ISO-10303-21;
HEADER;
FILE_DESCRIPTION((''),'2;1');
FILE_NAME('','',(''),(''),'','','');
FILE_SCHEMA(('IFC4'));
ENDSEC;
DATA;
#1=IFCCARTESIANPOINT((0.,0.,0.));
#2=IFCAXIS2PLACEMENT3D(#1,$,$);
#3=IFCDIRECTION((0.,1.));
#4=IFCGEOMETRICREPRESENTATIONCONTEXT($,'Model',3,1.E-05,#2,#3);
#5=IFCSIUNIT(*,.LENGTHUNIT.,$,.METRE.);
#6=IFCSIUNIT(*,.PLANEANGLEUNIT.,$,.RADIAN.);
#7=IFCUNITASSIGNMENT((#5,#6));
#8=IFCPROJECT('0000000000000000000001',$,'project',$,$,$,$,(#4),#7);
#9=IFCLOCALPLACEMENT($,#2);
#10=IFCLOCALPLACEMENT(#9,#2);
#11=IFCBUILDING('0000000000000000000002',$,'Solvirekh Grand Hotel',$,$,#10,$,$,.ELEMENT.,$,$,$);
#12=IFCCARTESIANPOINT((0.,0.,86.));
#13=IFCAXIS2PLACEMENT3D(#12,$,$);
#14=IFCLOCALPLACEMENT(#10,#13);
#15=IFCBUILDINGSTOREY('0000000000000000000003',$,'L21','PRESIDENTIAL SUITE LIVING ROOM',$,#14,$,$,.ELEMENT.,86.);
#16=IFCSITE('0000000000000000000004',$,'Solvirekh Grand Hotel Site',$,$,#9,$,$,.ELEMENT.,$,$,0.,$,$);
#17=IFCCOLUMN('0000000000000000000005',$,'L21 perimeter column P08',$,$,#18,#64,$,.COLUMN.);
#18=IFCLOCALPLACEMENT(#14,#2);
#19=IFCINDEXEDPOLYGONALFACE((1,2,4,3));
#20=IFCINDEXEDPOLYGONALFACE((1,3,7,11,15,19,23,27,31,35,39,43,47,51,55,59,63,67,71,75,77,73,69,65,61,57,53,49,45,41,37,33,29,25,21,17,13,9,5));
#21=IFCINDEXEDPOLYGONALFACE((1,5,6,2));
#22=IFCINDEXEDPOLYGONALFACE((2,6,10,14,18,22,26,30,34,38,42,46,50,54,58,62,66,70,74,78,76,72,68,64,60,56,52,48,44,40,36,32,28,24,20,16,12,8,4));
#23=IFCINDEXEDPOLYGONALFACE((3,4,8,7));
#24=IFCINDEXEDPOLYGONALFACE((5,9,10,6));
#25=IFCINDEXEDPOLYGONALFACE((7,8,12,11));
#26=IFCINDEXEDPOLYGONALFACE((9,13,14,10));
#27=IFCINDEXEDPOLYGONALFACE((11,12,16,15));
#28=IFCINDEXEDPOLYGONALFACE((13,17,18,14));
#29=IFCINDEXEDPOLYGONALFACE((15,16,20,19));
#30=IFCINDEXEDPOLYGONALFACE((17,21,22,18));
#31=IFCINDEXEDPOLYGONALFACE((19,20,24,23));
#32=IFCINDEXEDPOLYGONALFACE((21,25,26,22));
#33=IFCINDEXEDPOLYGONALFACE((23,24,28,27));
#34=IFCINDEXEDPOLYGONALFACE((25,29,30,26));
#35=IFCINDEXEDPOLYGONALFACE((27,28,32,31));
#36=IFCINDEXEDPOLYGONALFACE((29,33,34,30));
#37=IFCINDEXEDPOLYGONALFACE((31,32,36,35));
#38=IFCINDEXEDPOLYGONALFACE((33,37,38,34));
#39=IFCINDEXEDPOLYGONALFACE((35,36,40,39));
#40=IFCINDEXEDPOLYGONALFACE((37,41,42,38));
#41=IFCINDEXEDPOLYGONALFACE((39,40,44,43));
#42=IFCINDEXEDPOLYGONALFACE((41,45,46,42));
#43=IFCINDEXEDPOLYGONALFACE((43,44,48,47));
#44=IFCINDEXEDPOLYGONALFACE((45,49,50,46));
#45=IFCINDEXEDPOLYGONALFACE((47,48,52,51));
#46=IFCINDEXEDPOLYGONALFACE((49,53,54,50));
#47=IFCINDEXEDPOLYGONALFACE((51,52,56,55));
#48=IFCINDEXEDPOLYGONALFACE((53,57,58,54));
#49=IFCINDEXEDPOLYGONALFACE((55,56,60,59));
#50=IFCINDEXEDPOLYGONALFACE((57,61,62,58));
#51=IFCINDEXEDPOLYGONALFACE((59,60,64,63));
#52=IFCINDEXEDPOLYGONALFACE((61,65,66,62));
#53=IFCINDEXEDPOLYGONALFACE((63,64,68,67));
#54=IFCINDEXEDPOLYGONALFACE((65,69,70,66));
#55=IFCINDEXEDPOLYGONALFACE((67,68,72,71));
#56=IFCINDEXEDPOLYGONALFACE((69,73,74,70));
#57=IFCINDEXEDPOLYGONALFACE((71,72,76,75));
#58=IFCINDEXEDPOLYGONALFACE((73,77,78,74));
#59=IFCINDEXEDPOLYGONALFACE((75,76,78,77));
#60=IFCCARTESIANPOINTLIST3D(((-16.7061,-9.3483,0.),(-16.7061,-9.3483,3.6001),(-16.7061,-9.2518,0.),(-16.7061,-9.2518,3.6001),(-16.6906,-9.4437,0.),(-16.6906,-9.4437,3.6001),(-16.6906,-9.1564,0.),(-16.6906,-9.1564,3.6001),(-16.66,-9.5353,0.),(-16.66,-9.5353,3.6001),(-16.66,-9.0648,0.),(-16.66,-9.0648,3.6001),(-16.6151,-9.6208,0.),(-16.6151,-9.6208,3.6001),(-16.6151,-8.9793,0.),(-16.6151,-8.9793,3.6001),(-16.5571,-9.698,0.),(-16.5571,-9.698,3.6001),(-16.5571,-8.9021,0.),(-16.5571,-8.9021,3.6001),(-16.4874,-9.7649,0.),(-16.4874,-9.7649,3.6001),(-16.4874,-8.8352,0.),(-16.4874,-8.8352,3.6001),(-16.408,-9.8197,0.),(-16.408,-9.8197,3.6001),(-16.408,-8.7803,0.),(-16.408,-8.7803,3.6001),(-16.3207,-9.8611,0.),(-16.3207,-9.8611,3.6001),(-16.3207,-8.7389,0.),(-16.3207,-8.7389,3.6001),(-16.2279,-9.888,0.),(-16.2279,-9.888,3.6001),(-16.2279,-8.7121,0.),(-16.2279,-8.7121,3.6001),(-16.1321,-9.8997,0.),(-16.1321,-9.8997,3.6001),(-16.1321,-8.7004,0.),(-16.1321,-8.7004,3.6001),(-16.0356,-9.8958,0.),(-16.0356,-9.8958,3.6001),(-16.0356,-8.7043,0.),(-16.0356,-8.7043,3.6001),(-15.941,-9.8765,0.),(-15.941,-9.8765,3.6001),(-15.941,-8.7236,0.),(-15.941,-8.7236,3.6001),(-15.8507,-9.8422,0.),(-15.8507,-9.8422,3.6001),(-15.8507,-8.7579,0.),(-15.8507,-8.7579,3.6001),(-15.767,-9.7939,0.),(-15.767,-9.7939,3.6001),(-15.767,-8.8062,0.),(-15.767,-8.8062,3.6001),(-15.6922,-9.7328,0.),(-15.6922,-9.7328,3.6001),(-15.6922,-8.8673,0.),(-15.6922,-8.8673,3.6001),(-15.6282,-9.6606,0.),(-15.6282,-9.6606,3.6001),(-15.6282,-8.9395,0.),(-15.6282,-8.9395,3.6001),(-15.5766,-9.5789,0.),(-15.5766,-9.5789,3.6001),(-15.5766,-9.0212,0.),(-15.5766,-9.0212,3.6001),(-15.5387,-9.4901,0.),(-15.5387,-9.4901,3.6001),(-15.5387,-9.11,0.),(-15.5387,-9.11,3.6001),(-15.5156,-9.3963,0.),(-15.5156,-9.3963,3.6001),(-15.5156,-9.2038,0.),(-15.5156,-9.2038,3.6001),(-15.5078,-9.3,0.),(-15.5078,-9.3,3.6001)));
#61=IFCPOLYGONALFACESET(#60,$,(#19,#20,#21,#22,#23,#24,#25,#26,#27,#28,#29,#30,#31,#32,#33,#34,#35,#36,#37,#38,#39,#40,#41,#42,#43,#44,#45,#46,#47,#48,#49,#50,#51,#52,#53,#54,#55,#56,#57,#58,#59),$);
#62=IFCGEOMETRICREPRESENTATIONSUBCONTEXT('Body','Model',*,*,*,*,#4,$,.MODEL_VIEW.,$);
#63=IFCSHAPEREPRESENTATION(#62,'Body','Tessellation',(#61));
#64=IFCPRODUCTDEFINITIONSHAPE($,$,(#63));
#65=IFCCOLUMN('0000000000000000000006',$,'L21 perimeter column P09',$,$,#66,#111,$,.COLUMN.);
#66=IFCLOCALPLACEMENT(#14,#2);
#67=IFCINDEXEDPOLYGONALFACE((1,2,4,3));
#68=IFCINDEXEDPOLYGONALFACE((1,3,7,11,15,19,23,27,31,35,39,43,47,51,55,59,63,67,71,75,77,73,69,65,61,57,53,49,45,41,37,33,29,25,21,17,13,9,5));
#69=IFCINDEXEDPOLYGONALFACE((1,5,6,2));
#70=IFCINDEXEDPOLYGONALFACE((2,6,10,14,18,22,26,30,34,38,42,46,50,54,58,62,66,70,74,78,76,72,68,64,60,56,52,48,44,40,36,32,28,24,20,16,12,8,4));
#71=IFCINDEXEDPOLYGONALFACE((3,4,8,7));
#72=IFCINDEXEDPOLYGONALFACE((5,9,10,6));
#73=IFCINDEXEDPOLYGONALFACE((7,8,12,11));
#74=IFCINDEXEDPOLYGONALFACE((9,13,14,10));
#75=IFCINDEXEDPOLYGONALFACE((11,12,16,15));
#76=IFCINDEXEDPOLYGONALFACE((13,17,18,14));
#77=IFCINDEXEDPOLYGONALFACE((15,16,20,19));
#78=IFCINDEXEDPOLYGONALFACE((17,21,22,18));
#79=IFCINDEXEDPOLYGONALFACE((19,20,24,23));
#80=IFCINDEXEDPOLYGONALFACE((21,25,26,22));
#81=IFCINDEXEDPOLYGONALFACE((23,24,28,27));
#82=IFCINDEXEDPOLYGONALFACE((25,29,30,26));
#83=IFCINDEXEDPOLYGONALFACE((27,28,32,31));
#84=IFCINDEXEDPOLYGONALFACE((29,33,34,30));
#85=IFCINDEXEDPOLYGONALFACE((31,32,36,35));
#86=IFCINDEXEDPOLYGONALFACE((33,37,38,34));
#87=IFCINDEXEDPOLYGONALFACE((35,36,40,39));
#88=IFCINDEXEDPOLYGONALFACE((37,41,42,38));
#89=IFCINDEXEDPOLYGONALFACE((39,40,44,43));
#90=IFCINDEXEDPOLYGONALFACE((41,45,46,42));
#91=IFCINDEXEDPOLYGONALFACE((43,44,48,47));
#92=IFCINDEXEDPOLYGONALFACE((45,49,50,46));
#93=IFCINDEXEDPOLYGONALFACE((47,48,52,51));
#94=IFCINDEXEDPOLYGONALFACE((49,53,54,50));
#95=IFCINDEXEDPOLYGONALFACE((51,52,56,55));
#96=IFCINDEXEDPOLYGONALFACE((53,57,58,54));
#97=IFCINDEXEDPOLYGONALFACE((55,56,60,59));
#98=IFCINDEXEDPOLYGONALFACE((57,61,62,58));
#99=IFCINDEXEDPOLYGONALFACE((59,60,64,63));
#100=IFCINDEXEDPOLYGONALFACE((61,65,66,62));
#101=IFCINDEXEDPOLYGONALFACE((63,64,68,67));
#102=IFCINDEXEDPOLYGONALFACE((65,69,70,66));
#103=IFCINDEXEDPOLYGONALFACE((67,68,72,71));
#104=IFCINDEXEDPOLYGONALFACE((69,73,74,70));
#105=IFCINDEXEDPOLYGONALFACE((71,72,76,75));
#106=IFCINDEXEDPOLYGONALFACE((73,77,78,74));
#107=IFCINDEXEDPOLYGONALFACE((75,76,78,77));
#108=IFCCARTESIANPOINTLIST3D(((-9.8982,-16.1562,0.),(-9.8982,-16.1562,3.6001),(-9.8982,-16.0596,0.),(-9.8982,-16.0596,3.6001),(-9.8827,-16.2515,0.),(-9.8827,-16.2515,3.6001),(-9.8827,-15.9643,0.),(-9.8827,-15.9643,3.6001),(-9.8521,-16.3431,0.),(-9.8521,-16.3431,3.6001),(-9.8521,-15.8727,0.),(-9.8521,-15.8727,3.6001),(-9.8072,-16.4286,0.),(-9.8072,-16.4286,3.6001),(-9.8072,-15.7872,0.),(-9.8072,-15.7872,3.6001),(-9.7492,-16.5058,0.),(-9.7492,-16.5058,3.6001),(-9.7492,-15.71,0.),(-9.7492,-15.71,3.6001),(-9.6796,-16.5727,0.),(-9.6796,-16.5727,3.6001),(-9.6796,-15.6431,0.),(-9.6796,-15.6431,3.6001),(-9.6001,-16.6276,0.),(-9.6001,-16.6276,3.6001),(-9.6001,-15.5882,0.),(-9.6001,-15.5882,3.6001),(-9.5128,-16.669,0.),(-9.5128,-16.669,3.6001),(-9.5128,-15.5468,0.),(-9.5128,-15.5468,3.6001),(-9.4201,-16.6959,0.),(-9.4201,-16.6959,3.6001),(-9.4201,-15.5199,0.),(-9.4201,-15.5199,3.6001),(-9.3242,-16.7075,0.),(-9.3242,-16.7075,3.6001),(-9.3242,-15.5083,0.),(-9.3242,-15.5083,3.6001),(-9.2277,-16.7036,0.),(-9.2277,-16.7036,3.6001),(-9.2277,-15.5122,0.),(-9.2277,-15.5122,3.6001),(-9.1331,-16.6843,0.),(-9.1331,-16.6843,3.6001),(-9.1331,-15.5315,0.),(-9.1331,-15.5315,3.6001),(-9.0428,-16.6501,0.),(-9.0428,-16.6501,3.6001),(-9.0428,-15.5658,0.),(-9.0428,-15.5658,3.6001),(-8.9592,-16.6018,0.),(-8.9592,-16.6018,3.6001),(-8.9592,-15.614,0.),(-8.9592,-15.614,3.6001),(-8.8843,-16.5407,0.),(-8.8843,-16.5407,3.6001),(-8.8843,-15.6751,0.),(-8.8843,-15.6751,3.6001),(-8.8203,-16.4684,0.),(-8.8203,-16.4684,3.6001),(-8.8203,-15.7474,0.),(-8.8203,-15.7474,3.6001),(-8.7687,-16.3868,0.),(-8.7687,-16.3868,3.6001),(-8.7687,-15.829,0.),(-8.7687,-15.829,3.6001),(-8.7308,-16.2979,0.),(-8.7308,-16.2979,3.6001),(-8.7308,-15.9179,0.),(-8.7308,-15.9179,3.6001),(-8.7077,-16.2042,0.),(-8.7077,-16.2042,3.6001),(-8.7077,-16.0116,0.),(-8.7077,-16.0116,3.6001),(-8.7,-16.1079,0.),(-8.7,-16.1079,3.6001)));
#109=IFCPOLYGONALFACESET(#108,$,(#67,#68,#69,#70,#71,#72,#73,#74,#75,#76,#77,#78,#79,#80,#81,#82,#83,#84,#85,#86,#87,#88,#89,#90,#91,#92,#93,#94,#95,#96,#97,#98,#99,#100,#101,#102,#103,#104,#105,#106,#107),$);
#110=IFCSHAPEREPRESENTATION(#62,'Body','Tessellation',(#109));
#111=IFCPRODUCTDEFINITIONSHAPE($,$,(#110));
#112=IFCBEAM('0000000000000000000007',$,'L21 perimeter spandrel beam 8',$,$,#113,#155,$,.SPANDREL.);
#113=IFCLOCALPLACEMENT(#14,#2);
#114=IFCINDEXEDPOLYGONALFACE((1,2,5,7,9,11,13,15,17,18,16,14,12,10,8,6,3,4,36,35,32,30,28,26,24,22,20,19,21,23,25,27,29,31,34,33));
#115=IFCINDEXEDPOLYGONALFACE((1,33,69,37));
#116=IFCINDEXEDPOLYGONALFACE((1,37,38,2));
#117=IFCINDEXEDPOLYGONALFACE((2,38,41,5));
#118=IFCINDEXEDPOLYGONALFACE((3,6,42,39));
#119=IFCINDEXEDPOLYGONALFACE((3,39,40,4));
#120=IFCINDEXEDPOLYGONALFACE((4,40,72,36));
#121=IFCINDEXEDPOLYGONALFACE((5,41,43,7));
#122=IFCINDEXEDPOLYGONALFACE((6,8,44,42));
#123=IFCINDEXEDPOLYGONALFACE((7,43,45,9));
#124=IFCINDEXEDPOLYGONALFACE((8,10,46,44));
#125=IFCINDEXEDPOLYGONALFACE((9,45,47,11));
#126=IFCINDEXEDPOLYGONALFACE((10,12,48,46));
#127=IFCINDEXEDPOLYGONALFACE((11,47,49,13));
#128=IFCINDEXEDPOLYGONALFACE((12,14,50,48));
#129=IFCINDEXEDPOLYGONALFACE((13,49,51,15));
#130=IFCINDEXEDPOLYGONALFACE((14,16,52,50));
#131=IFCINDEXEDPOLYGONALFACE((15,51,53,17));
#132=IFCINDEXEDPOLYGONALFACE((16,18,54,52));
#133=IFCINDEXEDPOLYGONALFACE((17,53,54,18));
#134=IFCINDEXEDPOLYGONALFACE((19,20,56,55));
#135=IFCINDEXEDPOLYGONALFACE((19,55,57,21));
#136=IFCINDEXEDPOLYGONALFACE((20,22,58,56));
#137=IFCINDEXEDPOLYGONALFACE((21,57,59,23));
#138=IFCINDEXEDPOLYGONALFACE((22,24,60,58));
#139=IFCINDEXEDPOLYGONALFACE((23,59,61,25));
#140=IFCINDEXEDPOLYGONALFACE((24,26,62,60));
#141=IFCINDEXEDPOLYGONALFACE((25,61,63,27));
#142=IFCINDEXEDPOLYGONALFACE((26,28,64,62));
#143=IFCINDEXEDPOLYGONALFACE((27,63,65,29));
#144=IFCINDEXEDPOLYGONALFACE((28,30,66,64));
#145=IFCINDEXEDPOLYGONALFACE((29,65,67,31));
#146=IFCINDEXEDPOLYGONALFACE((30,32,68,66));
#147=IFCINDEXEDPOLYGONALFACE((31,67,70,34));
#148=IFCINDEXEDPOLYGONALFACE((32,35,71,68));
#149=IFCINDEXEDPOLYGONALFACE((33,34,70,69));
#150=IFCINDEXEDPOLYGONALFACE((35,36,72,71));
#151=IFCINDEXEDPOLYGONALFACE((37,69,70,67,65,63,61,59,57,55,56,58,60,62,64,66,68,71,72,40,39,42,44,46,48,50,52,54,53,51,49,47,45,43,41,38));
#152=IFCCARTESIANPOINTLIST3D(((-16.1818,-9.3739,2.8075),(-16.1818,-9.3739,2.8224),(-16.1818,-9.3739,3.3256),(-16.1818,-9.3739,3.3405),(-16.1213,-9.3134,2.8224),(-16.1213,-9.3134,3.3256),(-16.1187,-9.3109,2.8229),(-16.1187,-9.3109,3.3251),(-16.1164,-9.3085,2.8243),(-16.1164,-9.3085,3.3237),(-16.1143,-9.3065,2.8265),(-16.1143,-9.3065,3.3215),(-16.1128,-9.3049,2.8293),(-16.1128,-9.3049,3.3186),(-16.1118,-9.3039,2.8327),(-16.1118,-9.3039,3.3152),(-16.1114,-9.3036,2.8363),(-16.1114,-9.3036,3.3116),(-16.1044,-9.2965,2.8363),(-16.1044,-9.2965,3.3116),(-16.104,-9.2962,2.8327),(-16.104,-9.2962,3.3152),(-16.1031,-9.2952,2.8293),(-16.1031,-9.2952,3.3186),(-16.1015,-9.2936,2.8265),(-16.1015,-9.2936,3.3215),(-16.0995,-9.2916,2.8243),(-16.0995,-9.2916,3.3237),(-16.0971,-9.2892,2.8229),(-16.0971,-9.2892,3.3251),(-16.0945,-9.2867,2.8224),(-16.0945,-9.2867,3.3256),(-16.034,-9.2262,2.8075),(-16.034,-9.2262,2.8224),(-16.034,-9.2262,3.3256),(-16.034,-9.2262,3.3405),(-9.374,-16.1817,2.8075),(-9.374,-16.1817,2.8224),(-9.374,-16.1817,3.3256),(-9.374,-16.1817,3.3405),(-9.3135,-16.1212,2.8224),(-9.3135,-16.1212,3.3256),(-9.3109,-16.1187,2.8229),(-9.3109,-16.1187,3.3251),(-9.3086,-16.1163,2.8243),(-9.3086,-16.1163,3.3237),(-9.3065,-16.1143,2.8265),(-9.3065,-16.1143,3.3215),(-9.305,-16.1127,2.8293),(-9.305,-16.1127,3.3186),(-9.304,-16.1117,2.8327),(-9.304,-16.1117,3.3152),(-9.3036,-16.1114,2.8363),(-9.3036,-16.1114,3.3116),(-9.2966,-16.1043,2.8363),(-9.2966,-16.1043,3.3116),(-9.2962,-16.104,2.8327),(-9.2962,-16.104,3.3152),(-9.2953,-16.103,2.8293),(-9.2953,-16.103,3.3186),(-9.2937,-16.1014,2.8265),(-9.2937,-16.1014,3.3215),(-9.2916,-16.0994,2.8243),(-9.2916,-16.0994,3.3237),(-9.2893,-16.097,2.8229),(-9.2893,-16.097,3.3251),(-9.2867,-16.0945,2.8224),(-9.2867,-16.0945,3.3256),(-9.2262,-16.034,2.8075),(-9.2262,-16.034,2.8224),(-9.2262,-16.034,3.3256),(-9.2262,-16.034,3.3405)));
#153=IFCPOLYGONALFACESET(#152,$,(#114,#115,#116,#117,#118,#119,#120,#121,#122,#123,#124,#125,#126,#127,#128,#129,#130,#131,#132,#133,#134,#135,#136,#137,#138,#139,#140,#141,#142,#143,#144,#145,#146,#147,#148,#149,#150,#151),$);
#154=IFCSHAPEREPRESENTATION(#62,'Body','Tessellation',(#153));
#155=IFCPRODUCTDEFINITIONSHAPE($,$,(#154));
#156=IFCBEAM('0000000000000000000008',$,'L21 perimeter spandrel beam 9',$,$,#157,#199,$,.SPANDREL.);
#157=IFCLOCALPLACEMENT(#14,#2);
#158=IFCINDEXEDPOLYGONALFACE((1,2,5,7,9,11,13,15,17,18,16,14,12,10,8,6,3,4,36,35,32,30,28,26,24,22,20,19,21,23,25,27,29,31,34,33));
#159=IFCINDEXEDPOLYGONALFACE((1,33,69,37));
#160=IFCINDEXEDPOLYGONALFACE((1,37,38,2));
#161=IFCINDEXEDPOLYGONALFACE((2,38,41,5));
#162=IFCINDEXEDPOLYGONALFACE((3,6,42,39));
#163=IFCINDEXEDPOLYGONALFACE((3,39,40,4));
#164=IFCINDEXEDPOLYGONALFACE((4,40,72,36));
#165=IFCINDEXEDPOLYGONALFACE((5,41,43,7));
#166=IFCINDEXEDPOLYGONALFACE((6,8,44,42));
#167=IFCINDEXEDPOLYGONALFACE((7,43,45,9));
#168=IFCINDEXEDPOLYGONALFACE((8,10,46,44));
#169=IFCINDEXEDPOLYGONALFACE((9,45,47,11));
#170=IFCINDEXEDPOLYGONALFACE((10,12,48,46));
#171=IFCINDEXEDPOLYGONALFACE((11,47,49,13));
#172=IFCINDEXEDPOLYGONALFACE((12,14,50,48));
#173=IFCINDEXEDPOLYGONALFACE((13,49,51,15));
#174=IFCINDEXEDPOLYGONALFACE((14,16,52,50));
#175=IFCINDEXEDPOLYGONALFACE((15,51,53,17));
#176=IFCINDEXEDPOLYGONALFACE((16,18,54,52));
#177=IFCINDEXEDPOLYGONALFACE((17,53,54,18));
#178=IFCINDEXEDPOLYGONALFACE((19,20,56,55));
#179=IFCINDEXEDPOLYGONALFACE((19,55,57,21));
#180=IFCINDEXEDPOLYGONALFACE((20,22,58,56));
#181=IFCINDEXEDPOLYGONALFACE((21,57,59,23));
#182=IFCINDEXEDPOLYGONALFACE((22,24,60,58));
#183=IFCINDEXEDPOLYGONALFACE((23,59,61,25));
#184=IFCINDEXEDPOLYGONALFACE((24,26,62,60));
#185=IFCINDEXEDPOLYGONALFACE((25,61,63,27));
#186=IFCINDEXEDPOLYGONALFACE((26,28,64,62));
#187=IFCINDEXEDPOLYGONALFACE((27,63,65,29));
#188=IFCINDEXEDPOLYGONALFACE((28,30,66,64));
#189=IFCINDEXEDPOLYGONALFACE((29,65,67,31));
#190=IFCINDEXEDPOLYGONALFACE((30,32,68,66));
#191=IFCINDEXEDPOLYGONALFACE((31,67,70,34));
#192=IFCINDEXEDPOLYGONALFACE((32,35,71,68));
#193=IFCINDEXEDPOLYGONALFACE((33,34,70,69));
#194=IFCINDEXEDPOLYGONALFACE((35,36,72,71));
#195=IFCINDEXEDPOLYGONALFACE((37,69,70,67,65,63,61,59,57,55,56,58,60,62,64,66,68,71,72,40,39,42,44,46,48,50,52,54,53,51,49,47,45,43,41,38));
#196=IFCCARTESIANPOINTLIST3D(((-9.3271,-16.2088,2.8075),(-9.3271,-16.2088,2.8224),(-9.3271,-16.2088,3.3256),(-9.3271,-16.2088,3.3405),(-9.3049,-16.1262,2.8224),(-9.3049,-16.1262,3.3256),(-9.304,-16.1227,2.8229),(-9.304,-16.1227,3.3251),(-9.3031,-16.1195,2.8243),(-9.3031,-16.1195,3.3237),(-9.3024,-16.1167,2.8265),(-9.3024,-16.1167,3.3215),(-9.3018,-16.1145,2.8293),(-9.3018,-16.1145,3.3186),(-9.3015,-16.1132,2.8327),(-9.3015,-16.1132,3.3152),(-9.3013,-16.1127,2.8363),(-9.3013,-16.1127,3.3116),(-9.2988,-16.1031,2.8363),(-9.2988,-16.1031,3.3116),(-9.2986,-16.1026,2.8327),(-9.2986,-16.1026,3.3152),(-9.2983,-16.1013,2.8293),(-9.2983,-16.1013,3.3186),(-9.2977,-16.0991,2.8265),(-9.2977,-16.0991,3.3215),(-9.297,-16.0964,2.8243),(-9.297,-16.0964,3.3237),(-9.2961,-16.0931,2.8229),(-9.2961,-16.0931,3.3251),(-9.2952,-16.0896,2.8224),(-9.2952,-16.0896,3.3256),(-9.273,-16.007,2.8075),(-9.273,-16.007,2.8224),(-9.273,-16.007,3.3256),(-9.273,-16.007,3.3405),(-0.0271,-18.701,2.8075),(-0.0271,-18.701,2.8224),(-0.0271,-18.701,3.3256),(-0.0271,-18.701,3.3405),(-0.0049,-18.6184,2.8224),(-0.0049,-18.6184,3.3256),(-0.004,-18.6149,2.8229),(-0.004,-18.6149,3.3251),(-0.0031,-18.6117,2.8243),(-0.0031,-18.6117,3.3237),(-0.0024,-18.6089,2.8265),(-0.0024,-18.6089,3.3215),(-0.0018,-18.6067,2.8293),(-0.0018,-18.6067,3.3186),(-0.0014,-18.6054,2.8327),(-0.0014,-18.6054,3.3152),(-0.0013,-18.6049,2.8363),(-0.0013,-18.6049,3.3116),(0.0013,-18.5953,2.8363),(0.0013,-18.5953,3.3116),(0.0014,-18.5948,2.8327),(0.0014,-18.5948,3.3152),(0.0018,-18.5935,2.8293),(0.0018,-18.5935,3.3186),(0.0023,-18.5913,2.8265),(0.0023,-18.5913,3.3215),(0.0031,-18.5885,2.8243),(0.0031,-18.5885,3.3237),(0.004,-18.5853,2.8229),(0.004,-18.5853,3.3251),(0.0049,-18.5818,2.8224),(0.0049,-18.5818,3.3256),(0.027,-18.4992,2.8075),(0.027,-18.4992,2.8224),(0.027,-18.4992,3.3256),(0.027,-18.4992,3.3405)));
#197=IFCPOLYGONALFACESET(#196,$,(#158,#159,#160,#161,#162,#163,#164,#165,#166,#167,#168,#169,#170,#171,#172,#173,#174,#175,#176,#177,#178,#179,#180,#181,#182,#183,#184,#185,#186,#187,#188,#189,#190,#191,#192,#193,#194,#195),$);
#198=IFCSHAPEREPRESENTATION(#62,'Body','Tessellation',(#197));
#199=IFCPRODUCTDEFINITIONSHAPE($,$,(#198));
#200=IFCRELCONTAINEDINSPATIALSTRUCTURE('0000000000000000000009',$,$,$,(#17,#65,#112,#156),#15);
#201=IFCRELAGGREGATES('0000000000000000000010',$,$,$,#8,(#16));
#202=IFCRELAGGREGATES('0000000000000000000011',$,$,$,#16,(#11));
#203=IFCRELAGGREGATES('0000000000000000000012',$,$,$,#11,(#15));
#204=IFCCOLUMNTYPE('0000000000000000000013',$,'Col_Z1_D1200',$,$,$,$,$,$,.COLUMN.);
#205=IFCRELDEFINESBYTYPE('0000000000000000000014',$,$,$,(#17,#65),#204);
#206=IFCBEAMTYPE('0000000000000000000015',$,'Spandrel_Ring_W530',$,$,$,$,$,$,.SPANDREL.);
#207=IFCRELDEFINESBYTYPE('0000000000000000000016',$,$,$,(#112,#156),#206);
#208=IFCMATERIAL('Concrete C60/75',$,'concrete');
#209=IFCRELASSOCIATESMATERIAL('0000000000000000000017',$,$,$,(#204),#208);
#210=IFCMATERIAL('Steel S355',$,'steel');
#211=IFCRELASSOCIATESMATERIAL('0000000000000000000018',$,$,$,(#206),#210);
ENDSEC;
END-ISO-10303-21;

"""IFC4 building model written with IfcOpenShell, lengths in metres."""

from ifc_helpers import new_model, si_unit, direction, frame, origin, origin_2d, place, context, subcontext, project, spatial, circle, i_section, extrude, material, material_profile, profile_set, type_object, element, save


model = new_model("IFC4")

# Units and contexts
model_context = context("Model", 3, precision=1e-05, world=origin(), true_north=direction((0.0, 1.0)))
body_context = subcontext(model_context, "Body", "Model", "MODEL_VIEW")
ifc_project = project(units=[si_unit("LENGTHUNIT", "METRE"), si_unit("PLANEANGLEUNIT", "RADIAN")], contexts=[model_context])

# Site, building, storey
site_placement = place(None, origin())
site = spatial("IfcSite", under=ifc_project, at=site_placement, Name="Solvirekh Grand Hotel Site", CompositionType="ELEMENT", RefElevation=0.0)
building_placement = place(site_placement, origin())
building = spatial("IfcBuilding", under=site, at=building_placement, Name="Solvirekh Grand Hotel", CompositionType="ELEMENT")
storey_placement = place(building_placement, frame((0.0, 0.0, 86.0)))
storey = spatial("IfcBuildingStorey", under=building, at=storey_placement, Name="L21", Description="PRESIDENTIAL SUITE LIVING ROOM", CompositionType="ELEMENT", Elevation=86.0)

# Columns
ifc_material_1 = material(Name="Concrete C60/75", Category="concrete")
ifc_material_profile_1 = material_profile(ifc_material_1, circle(Radius=0.6001, at=origin_2d()), Name="RC CIRC D1200")
ifc_profile_set_1 = profile_set([ifc_material_profile_1], Name="Concrete C60/75")
column_type = type_object("IfcColumnType", Name="Col_Z1_D1200", PredefinedType="COLUMN", material=ifc_profile_set_1)
for number, where, z_axis, x_axis, name in (
    (1, (-16.1079, -9.3, 0.0), (0.0, 0.0, 1.0), (1.0, 0.0, 0.0), "L21 perimeter column P08"),
    (2, (-9.3, -16.1079, 0.0), (0.0, 0.0, 1.0), (1.0, 0.0, 0.0), "L21 perimeter column P09"),
):
    element("IfcColumn", number, at=place(storey_placement, frame(where, z_axis=z_axis, x_axis=x_axis)), inside=storey, type_object=column_type, Name=name, PredefinedType="COLUMN", context=body_context, shape_type="SweptSolid", body=[
        extrude(circle(Radius=0.6001, at=origin_2d()), origin(), (0.0, 0.0, 1.0), 3.6001),
    ])

# Beams
ifc_material_2 = material(Name="Steel S355", Category="steel")
ifc_material_profile_2 = material_profile(ifc_material_2, i_section(OverallWidth=0.209, OverallDepth=0.533, WebThickness=0.01, FlangeThickness=0.0149, FilletRadius=0.0139, at=origin_2d()), Name="W530X92")
ifc_profile_set_2 = profile_set([ifc_material_profile_2], Name="Steel S355")
beam_type = type_object("IfcBeamType", Name="Spandrel_Ring_W530", PredefinedType="SPANDREL", material=ifc_profile_set_2)
beam_1_placement = place(storey_placement, frame((-16.1079, -9.3, 3.074), z_axis=(0.707107, -0.707107, 0.0), x_axis=(0.707107, 0.707107, 0.0)))
element("IfcBeam", 3, at=beam_1_placement, inside=storey, type_object=beam_type, Name="L21 perimeter spandrel beam 8", PredefinedType="SPANDREL", context=body_context, shape_type="SweptSolid", body=[
    extrude(i_section(OverallWidth=0.209, OverallDepth=0.533, WebThickness=0.01, FlangeThickness=0.0149, FilletRadius=0.0139, at=origin_2d()), origin(), (0.0, 0.0, 1.0), 9.6277),
])
beam_2_placement = place(storey_placement, frame((-9.3, -16.1079, 3.074), z_axis=(0.965919, -0.258843, 0.0), x_axis=(0.258843, 0.965919, 0.0)))
element("IfcBeam", 4, at=beam_2_placement, inside=storey, type_object=beam_type, Name="L21 perimeter spandrel beam 9", PredefinedType="SPANDREL", context=body_context, shape_type="SweptSolid", body=[
    extrude(i_section(OverallWidth=0.209, OverallDepth=0.533, WebThickness=0.01, FlangeThickness=0.0149, FilletRadius=0.0139, at=origin_2d()), origin(), (0.0, 0.0, 1.0), 9.6282),
])

save(model, "model.ifc")
